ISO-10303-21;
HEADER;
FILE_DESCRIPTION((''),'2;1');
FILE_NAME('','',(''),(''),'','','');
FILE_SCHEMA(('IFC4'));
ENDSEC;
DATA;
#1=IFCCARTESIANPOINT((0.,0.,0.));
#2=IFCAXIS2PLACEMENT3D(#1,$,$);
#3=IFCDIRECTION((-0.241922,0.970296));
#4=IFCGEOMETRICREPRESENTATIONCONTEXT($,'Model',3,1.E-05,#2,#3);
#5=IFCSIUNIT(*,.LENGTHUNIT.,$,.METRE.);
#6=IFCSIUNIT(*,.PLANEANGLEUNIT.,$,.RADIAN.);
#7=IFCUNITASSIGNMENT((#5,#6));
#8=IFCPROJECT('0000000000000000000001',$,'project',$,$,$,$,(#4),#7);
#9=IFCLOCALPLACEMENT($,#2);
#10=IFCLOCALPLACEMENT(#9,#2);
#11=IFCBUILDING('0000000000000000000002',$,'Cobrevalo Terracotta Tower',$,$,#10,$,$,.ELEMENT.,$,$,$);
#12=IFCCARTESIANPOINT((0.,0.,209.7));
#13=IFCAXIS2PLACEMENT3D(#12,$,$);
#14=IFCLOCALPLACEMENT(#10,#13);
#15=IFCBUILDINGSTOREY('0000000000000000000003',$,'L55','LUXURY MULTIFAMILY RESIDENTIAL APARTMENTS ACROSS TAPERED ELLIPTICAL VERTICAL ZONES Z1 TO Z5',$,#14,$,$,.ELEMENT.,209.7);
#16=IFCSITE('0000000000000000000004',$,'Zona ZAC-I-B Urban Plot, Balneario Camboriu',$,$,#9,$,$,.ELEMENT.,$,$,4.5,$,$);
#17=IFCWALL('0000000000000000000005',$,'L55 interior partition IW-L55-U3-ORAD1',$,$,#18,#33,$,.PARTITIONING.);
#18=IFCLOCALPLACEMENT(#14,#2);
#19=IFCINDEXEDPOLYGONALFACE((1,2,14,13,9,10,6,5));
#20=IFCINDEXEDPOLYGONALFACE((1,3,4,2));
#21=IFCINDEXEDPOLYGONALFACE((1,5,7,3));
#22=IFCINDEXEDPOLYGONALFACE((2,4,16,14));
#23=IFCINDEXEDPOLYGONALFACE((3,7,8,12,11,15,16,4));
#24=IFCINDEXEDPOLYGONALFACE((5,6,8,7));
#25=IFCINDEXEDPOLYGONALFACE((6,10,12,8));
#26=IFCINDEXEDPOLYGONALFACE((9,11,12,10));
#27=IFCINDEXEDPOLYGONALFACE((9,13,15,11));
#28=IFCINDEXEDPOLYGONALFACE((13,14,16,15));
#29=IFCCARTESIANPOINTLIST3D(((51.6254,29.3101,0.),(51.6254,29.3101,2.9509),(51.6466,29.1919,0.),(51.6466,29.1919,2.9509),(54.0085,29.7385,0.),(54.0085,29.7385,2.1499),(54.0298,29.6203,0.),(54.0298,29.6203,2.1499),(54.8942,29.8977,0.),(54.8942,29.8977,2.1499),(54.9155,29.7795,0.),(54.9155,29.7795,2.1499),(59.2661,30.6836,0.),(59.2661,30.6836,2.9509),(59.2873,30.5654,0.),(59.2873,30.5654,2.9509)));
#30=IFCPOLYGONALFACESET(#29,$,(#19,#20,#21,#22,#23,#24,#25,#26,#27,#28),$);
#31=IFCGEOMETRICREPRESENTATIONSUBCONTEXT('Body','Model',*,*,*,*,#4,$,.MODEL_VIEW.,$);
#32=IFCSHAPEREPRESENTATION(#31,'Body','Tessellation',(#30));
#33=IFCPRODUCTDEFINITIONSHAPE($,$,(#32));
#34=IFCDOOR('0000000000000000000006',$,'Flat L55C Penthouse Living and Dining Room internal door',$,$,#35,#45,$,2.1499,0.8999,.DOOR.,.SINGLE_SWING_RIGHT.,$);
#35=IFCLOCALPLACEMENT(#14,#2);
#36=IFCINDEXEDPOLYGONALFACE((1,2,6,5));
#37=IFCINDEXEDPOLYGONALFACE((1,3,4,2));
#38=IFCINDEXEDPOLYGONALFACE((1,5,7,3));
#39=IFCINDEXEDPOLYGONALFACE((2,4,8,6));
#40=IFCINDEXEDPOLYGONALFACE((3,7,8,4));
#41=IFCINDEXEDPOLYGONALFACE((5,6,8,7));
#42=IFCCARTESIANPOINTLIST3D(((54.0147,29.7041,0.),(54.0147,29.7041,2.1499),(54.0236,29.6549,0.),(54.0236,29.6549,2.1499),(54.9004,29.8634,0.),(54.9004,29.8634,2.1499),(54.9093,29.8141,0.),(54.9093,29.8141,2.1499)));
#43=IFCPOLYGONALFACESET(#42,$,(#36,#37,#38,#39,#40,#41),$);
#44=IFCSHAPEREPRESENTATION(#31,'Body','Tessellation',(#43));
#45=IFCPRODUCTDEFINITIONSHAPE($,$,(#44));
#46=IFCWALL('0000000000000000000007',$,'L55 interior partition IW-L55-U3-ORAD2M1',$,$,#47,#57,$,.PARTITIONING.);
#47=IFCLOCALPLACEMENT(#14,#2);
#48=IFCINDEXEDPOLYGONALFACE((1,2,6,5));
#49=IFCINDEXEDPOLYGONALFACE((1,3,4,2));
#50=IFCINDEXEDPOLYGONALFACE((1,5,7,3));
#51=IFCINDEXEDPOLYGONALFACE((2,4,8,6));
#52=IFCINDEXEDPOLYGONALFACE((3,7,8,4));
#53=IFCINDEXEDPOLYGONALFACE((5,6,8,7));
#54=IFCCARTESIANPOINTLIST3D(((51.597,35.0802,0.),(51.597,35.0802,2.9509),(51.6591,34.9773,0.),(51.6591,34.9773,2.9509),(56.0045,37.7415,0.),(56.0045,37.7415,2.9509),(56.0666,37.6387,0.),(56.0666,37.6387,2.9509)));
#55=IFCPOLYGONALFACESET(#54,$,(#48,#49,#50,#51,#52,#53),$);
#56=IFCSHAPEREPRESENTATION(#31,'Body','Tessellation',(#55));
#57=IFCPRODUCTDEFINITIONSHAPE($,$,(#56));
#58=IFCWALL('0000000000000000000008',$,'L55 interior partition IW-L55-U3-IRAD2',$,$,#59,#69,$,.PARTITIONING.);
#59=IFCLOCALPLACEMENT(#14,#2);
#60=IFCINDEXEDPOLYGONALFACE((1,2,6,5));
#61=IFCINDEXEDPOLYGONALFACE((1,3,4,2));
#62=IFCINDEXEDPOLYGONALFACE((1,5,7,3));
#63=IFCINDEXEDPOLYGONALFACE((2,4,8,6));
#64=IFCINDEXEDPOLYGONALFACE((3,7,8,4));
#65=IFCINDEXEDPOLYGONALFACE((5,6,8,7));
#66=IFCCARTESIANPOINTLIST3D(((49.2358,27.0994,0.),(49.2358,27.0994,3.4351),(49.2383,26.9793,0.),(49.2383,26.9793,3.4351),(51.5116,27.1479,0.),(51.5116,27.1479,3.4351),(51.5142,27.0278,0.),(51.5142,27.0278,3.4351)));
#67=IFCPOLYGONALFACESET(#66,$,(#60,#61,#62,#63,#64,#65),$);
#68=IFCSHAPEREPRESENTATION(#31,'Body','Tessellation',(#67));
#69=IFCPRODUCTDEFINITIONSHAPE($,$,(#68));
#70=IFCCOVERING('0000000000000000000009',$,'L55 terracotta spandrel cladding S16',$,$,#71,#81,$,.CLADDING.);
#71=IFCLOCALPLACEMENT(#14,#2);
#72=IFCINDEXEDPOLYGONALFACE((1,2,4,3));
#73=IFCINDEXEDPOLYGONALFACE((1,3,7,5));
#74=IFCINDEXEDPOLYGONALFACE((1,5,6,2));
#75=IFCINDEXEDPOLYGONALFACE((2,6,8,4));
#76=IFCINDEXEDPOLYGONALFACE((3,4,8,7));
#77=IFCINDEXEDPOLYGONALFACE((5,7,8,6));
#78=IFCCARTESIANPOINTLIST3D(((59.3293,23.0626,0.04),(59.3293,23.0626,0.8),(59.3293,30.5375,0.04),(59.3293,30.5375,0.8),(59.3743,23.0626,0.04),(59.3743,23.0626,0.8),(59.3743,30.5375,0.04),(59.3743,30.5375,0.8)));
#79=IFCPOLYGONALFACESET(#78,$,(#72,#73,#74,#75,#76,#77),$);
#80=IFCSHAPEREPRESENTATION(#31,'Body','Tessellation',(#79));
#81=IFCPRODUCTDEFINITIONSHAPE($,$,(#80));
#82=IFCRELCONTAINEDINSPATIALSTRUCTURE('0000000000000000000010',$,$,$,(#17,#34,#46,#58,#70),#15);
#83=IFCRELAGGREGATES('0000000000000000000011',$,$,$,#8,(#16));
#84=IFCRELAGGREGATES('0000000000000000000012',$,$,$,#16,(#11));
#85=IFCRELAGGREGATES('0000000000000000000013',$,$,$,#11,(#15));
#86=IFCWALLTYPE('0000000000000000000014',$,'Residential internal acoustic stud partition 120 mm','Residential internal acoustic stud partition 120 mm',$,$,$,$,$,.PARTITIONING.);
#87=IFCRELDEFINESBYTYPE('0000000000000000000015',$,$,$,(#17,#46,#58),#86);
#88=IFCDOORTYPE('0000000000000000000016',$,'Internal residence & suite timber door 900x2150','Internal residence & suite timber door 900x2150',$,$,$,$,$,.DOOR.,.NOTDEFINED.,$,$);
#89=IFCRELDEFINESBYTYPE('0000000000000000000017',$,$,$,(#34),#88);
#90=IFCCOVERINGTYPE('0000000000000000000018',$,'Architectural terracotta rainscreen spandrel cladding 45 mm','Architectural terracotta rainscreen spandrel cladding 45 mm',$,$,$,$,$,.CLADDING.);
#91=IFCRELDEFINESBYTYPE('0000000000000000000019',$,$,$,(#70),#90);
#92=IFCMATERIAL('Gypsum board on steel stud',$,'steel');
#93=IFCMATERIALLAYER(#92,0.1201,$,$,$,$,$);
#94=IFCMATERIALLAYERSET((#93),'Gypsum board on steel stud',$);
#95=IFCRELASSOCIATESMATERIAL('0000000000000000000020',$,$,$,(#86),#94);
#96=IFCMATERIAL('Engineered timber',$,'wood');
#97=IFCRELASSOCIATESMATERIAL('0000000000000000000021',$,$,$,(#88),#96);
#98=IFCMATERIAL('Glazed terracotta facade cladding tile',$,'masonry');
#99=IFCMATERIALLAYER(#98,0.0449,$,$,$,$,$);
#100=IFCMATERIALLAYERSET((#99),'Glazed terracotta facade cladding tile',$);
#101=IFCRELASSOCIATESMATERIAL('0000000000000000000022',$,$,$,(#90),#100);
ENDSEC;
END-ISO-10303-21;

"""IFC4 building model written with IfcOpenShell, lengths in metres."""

from ifc_helpers import new_model, si_unit, direction, frame, frame_2d, origin, origin_2d, place, context, subcontext, project, spatial, rectangle, extrude, source, transform, mapped, material, layer, layer_set, type_object, element, fill, save


model = new_model("IFC4")

# Units and contexts
model_context = context("Model", 3, precision=1e-05, world=origin(), true_north=direction((-0.241922, 0.970296)))
body_context = subcontext(model_context, "Body", "Model", "MODEL_VIEW")
ifc_project = project(units=[si_unit("LENGTHUNIT", "METRE"), si_unit("PLANEANGLEUNIT", "RADIAN")], contexts=[model_context])

# Site, building, storey
site_placement = place(None, origin())
site = spatial("IfcSite", under=ifc_project, at=site_placement, Name="Zona ZAC-I-B Urban Plot, Balneario Camboriu", CompositionType="ELEMENT", RefElevation=4.5)
building_placement = place(site_placement, origin())
building = spatial("IfcBuilding", under=site, at=building_placement, Name="Cobrevalo Terracotta Tower", CompositionType="ELEMENT")
storey_placement = place(building_placement, frame((0.0, 0.0, 209.7)))
storey = spatial("IfcBuildingStorey", under=building, at=storey_placement, Name="L55", Description="LUXURY MULTIFAMILY RESIDENTIAL APARTMENTS ACROSS TAPERED ELLIPTICAL VERTICAL ZONES Z1 TO Z5", CompositionType="ELEMENT", Elevation=209.7)

# Wall, opening, door
ifc_material_1 = material(Name="Gypsum board on steel stud", Category="steel")
ifc_layer_1 = layer(ifc_material_1, 0.1201)
ifc_layer_set_1 = layer_set([ifc_layer_1], Name="Gypsum board on steel stud")
wall_type = type_object("IfcWallType", Name="Residential internal acoustic stud partition 120 mm", Description="Residential internal acoustic stud partition 120 mm", PredefinedType="PARTITIONING", material=ifc_layer_set_1)
wall_1_placement = place(storey_placement, frame((51.636, 29.251, 0.0), z_axis=(0.0, 0.0, 1.0), x_axis=(0.984223, 0.176931, 0.0)))
wall_1 = element("IfcWall", 1, at=wall_1_placement, inside=storey, type_object=wall_type, Name="L55 interior partition IW-L55-U3-ORAD1", PredefinedType="PARTITIONING", context=body_context, shape_type="SweptSolid", body=[
    extrude(rectangle(XDim=7.7632, YDim=0.1201, at=frame_2d((3.8816, 0.0))), origin(), (0.0, 0.0, 1.0), 2.9509),
])
opening_1_placement = place(wall_1_placement, frame((2.4214, 0.0, 0.0)))
opening_1 = element("IfcOpeningElement", 2, at=opening_1_placement, cuts=wall_1, PredefinedType="OPENING", context=body_context, shape_type="SweptSolid", body=[
    extrude(rectangle(XDim=0.8999, YDim=2.1499, at=frame_2d((0.45, 1.075))), frame((0.0, 0.0701, 0.0), z_axis=(0.0, -1.0, 0.0), x_axis=(1.0, 0.0, 0.0)), (0.0, 0.0, 1.0), 0.1401),
])
ifc_material_2 = material(Name="Engineered timber", Category="wood")
door_type_1 = type_object("IfcDoorType", Name="Internal residence & suite timber door 900x2150", Description="Internal residence & suite timber door 900x2150", OperationType="NOTDEFINED", PredefinedType="DOOR", material=ifc_material_2)
shared_shape_1 = source(origin(), body_context, "Body", "SweptSolid", [
    extrude(rectangle(XDim=0.8999, YDim=2.1499, at=frame_2d((0.45, 1.075))), frame((0.0, 0.0249, 0.0), z_axis=(0.0, -1.0, 0.0), x_axis=(1.0, 0.0, 0.0)), (0.0, 0.0, 1.0), 0.05),
])
door_1_placement = place(opening_1_placement, frame((0.8999, 0.0, 0.0), z_axis=(0.0, 0.0, 1.0), x_axis=(-1.0, 0.0, 0.0)))
door_1 = element("IfcDoor", 3, at=door_1_placement, inside=storey, type_object=door_type_1, Name="Flat L55C Penthouse Living and Dining Room internal door", OperationType="SINGLE_SWING_RIGHT", OverallHeight=2.1499, OverallWidth=0.8999, PredefinedType="DOOR", context=body_context, shape_type="MappedRepresentation", body=[
    mapped(shared_shape_1, transform((0.0, 0.0, 0.0), scale=1.0)),
])
fill(opening_1, door_1)

# Walls
wall_2_placement = place(storey_placement, frame((51.6282, 35.0288, 0.0), z_axis=(0.0, 0.0, 1.0), x_axis=(0.856042, 0.516906, 0.0)))
element("IfcWall", 4, at=wall_2_placement, inside=storey, type_object=wall_type, Name="L55 interior partition IW-L55-U3-ORAD2M1", PredefinedType="PARTITIONING", context=body_context, shape_type="SweptSolid", body=[
    extrude(rectangle(XDim=5.1487, YDim=0.1201, at=frame_2d((2.5742, 0.0))), origin(), (0.0, 0.0, 1.0), 2.9509),
])
wall_3_placement = place(storey_placement, frame((49.2371, 27.0393, 0.0), z_axis=(0.0, 0.0, 1.0), x_axis=(0.999772, 0.021342, 0.0)))
element("IfcWall", 5, at=wall_3_placement, inside=storey, type_object=wall_type, Name="L55 interior partition IW-L55-U3-IRAD2", PredefinedType="PARTITIONING", context=body_context, shape_type="SweptSolid", body=[
    extrude(rectangle(XDim=2.2764, YDim=0.1201, at=frame_2d((1.1382, 0.0))), origin(), (0.0, 0.0, 1.0), 3.4351),
])

# Covering
ifc_material_3 = material(Name="Glazed terracotta facade cladding tile", Category="masonry")
ifc_layer_2 = layer(ifc_material_3, 0.0449)
ifc_layer_set_2 = layer_set([ifc_layer_2], Name="Glazed terracotta facade cladding tile")
covering_type = type_object("IfcCoveringType", Name="Architectural terracotta rainscreen spandrel cladding 45 mm", Description="Architectural terracotta rainscreen spandrel cladding 45 mm", PredefinedType="CLADDING", material=ifc_layer_set_2)
shared_shape_2 = source(origin(), body_context, "Body", "SweptSolid", [
    extrude(rectangle(XDim=7.4749, YDim=0.0449, at=origin_2d()), origin(), (0.0, 0.0, 1.0), 0.76),
])
covering_placement = place(storey_placement, frame((59.3518, 26.8, 0.04), z_axis=(0.0, 0.0, 1.0), x_axis=(0.0, 1.0, 0.0)))
element("IfcCovering", 6, at=covering_placement, inside=storey, type_object=covering_type, Name="L55 terracotta spandrel cladding S16", PredefinedType="CLADDING", context=body_context, shape_type="MappedRepresentation", body=[
    mapped(shared_shape_2, transform((0.0, 0.0, 0.0), scale=1.0)),
])

save(model, "model.ifc")
